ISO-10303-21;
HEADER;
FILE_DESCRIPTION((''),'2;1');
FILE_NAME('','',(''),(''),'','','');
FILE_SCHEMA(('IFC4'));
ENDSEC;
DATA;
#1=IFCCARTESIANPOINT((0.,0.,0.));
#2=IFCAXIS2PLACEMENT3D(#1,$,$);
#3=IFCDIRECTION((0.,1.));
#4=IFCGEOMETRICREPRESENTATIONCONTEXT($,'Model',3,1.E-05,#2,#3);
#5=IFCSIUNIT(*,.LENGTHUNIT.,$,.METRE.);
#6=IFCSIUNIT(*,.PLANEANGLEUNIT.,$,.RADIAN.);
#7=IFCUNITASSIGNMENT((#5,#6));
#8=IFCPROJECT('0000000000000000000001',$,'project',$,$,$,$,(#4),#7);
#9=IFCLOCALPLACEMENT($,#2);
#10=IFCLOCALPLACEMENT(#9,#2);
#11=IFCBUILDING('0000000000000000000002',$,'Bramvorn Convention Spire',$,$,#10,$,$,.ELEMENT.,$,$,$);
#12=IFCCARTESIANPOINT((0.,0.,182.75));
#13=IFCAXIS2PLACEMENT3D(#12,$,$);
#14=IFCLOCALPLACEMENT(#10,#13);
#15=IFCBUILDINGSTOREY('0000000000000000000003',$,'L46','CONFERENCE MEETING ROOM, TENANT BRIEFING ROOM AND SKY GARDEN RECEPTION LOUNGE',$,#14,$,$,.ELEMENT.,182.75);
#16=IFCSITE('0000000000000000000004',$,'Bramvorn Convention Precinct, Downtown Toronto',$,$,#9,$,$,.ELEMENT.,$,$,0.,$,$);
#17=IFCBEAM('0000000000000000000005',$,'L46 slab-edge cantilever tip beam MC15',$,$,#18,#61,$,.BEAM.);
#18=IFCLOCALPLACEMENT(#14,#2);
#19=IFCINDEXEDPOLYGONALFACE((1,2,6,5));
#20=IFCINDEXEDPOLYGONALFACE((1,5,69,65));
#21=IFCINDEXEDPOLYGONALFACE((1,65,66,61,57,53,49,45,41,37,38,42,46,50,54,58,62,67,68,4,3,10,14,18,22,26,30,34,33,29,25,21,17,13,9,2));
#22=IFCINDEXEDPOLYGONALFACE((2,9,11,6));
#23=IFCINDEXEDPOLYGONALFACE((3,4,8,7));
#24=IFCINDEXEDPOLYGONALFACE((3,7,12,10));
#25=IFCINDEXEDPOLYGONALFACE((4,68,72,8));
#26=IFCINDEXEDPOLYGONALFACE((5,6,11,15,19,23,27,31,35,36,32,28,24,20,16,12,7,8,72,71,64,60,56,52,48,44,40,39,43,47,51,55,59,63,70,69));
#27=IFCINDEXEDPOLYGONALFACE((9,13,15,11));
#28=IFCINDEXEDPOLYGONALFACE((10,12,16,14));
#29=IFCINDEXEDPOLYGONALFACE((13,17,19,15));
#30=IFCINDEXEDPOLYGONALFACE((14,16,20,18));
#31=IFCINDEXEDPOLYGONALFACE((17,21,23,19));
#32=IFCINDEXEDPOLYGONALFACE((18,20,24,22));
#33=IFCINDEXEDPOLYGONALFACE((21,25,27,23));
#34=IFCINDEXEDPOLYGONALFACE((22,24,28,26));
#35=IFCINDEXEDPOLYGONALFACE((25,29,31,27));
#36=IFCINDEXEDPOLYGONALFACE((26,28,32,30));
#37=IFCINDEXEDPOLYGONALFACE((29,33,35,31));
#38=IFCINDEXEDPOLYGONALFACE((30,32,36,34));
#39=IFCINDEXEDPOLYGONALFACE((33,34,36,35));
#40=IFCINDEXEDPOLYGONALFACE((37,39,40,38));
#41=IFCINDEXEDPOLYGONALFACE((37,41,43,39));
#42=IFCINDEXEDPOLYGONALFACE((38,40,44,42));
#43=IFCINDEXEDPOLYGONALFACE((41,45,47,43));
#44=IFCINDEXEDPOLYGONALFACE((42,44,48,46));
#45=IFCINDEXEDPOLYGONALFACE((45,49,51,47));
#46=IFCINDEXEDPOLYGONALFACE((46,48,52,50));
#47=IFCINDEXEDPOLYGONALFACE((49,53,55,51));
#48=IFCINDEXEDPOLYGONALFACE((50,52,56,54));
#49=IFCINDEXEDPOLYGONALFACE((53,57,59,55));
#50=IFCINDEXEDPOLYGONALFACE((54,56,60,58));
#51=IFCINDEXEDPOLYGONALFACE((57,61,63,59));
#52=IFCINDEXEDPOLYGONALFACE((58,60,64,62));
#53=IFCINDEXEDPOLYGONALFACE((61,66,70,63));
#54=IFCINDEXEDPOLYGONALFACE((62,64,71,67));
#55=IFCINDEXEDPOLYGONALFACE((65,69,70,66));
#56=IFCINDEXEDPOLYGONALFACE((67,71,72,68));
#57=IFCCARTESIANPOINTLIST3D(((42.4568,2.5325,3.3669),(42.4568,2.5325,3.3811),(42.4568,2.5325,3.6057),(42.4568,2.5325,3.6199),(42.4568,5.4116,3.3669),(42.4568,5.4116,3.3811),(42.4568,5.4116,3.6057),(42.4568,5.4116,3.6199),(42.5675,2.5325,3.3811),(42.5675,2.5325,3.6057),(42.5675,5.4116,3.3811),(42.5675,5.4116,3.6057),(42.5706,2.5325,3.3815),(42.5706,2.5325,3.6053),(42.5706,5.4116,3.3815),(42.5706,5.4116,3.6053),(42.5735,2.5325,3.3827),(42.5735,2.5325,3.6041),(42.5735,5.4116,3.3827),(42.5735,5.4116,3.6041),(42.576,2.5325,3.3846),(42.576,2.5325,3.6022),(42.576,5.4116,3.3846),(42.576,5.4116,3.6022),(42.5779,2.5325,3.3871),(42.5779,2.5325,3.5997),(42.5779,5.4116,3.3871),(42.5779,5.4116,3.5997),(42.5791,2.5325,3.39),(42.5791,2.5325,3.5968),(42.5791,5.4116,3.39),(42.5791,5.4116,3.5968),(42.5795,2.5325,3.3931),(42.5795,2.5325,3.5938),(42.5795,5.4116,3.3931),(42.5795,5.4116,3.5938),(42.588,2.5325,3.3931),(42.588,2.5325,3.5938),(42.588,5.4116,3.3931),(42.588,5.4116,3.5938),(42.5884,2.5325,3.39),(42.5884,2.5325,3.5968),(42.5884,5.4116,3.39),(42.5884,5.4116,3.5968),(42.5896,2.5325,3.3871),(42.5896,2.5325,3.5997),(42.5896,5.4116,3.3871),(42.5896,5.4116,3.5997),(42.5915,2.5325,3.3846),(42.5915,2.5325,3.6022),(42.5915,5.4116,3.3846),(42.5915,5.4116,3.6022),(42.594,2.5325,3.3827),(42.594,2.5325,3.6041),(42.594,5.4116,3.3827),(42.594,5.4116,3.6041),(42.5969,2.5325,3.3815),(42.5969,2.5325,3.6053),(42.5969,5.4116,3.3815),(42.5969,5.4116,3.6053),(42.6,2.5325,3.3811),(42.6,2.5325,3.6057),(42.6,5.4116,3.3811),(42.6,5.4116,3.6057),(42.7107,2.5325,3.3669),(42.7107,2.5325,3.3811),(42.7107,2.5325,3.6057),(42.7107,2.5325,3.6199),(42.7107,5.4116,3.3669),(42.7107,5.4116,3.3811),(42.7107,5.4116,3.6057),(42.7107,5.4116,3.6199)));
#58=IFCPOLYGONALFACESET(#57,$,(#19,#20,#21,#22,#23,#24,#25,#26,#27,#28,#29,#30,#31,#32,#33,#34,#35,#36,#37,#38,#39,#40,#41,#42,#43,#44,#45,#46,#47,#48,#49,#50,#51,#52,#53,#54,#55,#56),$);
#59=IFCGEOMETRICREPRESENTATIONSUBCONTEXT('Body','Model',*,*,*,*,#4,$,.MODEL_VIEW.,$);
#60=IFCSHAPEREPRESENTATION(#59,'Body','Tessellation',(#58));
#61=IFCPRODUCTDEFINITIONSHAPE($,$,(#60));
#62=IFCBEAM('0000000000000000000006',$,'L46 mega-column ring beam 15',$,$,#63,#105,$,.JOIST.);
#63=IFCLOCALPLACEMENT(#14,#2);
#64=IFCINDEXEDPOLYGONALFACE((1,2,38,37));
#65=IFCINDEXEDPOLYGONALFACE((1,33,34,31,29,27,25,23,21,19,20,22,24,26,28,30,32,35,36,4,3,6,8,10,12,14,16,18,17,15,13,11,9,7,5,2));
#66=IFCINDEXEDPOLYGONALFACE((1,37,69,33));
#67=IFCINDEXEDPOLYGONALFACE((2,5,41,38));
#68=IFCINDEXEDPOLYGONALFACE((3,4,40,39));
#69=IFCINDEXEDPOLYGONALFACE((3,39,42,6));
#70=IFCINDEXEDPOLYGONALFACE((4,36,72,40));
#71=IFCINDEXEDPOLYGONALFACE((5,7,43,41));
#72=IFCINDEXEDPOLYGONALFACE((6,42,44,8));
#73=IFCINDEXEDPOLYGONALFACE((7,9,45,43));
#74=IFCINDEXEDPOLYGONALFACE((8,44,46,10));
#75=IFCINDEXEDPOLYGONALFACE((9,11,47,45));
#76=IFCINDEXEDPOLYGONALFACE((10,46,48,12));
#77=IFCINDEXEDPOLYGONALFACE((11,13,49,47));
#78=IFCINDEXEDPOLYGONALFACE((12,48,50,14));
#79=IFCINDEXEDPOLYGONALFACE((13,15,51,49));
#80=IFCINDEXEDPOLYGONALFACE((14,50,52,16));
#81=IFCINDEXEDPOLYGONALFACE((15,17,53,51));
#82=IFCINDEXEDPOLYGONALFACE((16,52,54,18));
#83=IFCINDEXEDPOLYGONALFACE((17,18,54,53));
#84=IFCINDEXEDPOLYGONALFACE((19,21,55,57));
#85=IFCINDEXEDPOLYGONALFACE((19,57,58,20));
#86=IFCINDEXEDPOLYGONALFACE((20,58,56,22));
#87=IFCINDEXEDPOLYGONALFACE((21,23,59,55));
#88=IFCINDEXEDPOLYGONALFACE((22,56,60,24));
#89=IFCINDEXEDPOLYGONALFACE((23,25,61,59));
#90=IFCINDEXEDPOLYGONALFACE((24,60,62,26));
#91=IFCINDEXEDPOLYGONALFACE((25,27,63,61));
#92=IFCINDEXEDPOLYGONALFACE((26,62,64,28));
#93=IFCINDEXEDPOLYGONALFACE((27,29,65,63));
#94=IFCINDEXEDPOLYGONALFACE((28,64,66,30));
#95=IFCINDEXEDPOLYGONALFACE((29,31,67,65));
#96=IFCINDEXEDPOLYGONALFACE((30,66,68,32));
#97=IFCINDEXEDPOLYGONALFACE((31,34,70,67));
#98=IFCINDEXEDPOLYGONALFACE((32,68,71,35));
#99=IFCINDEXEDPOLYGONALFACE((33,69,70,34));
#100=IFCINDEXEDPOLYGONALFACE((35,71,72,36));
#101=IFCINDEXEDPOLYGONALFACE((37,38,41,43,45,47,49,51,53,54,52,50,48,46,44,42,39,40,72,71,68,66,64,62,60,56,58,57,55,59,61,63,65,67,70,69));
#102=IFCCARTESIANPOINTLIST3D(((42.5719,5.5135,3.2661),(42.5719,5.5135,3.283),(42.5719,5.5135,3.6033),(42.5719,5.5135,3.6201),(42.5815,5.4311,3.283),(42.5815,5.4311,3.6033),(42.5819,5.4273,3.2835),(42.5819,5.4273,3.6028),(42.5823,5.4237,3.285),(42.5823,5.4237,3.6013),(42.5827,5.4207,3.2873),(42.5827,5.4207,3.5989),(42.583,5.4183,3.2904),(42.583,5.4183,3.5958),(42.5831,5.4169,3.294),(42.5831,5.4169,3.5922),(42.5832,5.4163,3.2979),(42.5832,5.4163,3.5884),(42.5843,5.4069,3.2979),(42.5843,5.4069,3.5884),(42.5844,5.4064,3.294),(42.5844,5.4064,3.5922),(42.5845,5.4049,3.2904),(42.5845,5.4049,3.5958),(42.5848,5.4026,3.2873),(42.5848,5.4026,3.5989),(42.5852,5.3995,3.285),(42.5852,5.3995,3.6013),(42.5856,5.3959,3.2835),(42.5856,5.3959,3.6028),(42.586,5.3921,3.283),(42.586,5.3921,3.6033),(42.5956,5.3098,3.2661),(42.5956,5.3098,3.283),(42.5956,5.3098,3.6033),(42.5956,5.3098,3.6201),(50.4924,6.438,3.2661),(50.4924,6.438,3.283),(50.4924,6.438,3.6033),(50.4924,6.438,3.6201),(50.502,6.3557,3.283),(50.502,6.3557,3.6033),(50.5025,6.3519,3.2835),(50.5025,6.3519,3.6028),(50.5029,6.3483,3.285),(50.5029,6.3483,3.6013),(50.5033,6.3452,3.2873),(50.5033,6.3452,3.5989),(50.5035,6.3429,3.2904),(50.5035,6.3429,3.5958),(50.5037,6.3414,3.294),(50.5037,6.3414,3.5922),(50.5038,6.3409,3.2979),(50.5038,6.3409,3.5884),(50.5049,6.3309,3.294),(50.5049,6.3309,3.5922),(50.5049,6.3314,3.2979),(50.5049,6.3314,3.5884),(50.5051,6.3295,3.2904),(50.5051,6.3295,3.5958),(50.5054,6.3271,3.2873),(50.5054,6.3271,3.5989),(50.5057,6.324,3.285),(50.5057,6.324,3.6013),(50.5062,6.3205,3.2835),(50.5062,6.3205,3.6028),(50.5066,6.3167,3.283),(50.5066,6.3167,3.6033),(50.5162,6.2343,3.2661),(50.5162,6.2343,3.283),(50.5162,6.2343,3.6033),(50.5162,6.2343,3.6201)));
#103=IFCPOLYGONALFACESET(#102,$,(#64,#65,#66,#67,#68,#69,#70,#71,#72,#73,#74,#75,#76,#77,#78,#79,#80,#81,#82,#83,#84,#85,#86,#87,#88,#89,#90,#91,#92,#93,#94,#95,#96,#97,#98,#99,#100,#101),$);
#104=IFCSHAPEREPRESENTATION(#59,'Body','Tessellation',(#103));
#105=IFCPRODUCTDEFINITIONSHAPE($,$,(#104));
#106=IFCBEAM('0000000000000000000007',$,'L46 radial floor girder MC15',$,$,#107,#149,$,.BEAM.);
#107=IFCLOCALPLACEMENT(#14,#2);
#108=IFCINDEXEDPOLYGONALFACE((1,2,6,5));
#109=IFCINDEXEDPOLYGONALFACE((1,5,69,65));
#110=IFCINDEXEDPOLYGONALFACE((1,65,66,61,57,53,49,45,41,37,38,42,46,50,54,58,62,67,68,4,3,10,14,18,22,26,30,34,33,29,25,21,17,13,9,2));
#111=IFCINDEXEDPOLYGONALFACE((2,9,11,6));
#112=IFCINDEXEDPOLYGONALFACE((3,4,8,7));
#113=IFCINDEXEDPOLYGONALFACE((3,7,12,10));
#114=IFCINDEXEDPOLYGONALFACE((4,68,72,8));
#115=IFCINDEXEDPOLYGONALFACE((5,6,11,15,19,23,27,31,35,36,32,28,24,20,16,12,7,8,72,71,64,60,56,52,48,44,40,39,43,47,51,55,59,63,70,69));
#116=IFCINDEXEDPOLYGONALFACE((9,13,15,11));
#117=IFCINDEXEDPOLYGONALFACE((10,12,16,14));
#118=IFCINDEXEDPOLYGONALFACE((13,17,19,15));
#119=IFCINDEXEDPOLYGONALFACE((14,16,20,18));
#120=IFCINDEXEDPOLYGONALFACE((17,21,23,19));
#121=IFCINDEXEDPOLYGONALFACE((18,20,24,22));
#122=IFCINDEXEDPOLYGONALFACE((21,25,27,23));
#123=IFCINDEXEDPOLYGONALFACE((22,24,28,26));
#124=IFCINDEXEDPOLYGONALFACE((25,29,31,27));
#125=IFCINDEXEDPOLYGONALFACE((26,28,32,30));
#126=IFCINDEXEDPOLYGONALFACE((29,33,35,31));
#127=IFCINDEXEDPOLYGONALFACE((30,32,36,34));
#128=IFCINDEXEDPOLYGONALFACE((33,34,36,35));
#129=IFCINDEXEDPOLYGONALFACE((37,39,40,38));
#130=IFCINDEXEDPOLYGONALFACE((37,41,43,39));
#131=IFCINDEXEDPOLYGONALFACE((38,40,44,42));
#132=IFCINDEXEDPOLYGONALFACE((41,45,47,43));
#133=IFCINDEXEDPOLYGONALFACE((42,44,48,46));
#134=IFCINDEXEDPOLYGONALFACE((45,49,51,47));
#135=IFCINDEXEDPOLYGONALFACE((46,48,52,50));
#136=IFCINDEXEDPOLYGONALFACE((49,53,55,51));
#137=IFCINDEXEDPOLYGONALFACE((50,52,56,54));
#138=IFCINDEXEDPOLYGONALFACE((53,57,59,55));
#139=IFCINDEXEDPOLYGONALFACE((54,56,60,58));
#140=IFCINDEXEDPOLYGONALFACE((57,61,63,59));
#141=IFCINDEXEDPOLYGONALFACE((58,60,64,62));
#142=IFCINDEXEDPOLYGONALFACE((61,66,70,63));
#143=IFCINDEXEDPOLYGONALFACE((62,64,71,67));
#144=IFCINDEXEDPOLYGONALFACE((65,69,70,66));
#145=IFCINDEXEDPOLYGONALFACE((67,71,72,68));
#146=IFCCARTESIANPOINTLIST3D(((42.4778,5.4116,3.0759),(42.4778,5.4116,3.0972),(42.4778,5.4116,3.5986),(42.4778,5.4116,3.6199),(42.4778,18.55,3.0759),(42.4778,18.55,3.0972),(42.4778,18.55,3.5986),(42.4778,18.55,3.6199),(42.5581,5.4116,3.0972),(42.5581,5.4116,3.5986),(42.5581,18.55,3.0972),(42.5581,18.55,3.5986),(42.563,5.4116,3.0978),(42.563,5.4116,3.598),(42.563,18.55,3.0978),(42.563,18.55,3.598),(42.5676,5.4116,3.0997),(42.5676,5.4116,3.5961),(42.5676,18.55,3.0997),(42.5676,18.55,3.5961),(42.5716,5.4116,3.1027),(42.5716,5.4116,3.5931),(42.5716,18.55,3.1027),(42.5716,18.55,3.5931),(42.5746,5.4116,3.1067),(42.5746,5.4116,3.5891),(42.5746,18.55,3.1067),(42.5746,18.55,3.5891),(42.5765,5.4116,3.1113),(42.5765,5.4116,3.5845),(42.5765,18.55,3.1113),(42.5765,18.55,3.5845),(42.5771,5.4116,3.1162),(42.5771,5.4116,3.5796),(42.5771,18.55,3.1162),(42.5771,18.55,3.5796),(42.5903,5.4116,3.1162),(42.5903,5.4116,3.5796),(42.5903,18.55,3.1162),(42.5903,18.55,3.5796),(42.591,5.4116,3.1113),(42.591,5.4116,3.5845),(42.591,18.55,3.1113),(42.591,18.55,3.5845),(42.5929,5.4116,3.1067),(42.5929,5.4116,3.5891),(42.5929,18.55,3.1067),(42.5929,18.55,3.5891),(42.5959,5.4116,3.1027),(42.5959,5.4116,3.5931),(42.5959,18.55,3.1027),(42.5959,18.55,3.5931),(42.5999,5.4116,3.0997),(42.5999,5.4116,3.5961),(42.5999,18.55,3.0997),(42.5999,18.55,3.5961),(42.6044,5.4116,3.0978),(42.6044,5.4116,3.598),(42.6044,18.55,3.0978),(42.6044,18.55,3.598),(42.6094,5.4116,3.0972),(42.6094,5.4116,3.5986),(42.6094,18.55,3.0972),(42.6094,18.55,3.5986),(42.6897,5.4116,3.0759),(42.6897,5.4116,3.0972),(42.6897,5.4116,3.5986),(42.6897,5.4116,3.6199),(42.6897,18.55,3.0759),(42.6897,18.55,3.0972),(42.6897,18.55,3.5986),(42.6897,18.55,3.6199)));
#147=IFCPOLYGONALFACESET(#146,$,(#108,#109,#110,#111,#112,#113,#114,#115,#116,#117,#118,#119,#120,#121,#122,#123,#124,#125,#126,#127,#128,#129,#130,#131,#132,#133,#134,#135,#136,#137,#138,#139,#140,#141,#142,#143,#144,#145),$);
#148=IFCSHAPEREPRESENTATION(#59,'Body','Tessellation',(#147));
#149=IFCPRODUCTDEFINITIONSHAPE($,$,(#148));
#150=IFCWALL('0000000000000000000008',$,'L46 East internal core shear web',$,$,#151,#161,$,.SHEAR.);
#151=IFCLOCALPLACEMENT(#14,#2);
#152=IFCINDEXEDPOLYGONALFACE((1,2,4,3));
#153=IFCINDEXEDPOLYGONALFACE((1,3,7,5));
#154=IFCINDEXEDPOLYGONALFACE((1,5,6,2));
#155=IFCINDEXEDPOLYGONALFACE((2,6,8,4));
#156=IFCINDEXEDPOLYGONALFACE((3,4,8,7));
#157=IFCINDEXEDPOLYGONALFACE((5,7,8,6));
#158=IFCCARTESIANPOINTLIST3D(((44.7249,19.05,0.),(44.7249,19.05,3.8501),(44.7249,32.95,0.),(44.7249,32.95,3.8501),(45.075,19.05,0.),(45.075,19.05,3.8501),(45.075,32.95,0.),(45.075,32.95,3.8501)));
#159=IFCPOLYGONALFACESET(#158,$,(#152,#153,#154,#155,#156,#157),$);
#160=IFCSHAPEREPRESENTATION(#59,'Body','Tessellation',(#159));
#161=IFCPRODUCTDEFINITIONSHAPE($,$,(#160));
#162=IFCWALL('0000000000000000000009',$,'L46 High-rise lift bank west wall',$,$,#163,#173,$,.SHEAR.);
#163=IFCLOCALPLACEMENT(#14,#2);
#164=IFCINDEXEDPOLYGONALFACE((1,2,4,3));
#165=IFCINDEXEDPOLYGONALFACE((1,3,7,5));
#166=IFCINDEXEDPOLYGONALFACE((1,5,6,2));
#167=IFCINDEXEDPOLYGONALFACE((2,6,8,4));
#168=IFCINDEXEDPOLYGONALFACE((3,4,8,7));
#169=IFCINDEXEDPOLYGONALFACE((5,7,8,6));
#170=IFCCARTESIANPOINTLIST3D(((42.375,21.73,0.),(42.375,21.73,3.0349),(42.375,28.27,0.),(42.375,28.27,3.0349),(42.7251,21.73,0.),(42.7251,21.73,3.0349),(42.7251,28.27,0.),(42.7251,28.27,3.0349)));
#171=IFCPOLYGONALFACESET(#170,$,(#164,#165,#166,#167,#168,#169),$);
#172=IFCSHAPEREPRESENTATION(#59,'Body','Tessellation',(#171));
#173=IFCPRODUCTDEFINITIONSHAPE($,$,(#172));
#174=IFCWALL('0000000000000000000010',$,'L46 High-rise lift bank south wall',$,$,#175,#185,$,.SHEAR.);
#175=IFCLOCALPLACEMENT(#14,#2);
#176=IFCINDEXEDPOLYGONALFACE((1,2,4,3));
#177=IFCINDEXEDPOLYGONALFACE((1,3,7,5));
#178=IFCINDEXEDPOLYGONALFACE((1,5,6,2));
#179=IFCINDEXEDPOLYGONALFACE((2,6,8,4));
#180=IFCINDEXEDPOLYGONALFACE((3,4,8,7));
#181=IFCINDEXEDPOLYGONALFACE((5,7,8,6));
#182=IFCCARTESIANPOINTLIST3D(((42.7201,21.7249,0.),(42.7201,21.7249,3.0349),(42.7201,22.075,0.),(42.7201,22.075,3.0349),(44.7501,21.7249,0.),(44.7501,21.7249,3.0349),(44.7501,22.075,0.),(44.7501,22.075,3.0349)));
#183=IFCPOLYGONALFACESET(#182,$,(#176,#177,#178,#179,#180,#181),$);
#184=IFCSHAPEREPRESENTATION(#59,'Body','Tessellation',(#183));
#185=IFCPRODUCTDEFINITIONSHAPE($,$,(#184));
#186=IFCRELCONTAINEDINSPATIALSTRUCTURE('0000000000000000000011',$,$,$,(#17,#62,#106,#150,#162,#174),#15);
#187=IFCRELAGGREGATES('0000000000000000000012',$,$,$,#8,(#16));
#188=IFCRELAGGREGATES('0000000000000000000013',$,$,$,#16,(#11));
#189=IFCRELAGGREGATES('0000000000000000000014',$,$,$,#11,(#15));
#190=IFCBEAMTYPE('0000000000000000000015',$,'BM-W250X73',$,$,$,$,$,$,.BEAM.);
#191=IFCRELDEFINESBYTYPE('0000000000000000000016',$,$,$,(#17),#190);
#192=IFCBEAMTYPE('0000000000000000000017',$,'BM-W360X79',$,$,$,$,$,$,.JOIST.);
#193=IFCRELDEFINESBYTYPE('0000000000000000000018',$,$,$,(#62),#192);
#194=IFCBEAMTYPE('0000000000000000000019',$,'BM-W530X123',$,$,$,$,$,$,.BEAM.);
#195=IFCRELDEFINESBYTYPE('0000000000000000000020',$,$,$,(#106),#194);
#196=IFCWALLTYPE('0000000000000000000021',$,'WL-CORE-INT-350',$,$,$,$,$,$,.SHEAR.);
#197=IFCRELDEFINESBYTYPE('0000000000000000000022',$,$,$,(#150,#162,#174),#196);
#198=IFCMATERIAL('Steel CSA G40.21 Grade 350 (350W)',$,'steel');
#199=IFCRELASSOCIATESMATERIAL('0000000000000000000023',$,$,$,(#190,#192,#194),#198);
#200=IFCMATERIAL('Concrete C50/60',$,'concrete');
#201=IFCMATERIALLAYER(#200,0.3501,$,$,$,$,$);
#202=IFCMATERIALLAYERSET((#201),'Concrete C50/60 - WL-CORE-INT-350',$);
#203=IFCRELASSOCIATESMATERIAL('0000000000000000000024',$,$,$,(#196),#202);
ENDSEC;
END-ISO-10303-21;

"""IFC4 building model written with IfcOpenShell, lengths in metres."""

from ifc_helpers import new_model, si_unit, direction, frame, frame_2d, origin, origin_2d, place, context, subcontext, project, spatial, rectangle, i_section, extrude, material, layer, layer_set, material_profile, profile_set, type_object, element, save


model = new_model("IFC4")

# Units and contexts
model_context = context("Model", 3, precision=1e-05, world=origin(), true_north=direction((0.0, 1.0)))
body_context = subcontext(model_context, "Body", "Model", "MODEL_VIEW")
ifc_project = project(units=[si_unit("LENGTHUNIT", "METRE"), si_unit("PLANEANGLEUNIT", "RADIAN")], contexts=[model_context])

# Site, building, storey
site_placement = place(None, origin())
site = spatial("IfcSite", under=ifc_project, at=site_placement, Name="Bramvorn Convention Precinct, Downtown Toronto", CompositionType="ELEMENT", RefElevation=0.0)
building_placement = place(site_placement, origin())
building = spatial("IfcBuilding", under=site, at=building_placement, Name="Bramvorn Convention Spire", CompositionType="ELEMENT")
storey_placement = place(building_placement, frame((0.0, 0.0, 182.75)))
storey = spatial("IfcBuildingStorey", under=building, at=storey_placement, Name="L46", Description="CONFERENCE MEETING ROOM, TENANT BRIEFING ROOM AND SKY GARDEN RECEPTION LOUNGE", CompositionType="ELEMENT", Elevation=182.75)

# Beams
ifc_material_1 = material(Name="Steel CSA G40.21 Grade 350 (350W)", Category="steel")
ifc_material_profile_1 = material_profile(ifc_material_1, i_section(OverallWidth=0.2539, OverallDepth=0.2529, WebThickness=0.0085, FlangeThickness=0.0142, FilletRadius=0.012, at=origin_2d()))
ifc_profile_set_1 = profile_set([ifc_material_profile_1], Name="Steel CSA G40.21 Grade 350 (350W) - W250X73")
beam_type_1 = type_object("IfcBeamType", Name="BM-W250X73", PredefinedType="BEAM", material=ifc_profile_set_1)
beam_1_placement = place(storey_placement, frame((42.5837, 5.4116, 3.4934), z_axis=(0.0, -1.0, 0.0), x_axis=(1.0, 0.0, 0.0)))
element("IfcBeam", 1, at=beam_1_placement, inside=storey, type_object=beam_type_1, Name="L46 slab-edge cantilever tip beam MC15", PredefinedType="BEAM", context=body_context, shape_type="SweptSolid", body=[
    extrude(i_section(OverallWidth=0.2539, OverallDepth=0.2529, WebThickness=0.0085, FlangeThickness=0.0142, FilletRadius=0.012, at=origin_2d()), origin(), (0.0, 0.0, 1.0), 2.8792),
])
ifc_material_profile_2 = material_profile(ifc_material_1, i_section(OverallWidth=0.2051, OverallDepth=0.354, WebThickness=0.0095, FlangeThickness=0.0168, FilletRadius=0.0149, at=origin_2d()))
ifc_profile_set_2 = profile_set([ifc_material_profile_2], Name="Steel CSA G40.21 Grade 350 (350W) - W360X79")
beam_type_2 = type_object("IfcBeamType", Name="BM-W360X79", PredefinedType="JOIST", material=ifc_profile_set_2)
beam_2_placement = place(storey_placement, frame((42.5837, 5.4116, 3.4431), z_axis=(0.993256, 0.115941, 0.0), x_axis=(-0.115941, 0.993256, 0.0)))
element("IfcBeam", 2, at=beam_2_placement, inside=storey, type_object=beam_type_2, Name="L46 mega-column ring beam 15", PredefinedType="JOIST", context=body_context, shape_type="SweptSolid", body=[
    extrude(i_section(OverallWidth=0.2051, OverallDepth=0.354, WebThickness=0.0095, FlangeThickness=0.0168, FilletRadius=0.0149, at=origin_2d()), origin(), (0.0, 0.0, 1.0), 7.9744),
])
ifc_material_profile_3 = material_profile(ifc_material_1, i_section(OverallWidth=0.2119, OverallDepth=0.5439, WebThickness=0.0132, FlangeThickness=0.0212, FilletRadius=0.019, at=origin_2d()))
ifc_profile_set_3 = profile_set([ifc_material_profile_3], Name="Steel CSA G40.21 Grade 350 (350W) - W530X123")
beam_type_3 = type_object("IfcBeamType", Name="BM-W530X123", PredefinedType="BEAM", material=ifc_profile_set_3)
beam_3_placement = place(storey_placement, frame((42.5837, 18.55, 3.3479), z_axis=(0.0, -1.0, 0.0), x_axis=(1.0, 0.0, 0.0)))
element("IfcBeam", 3, at=beam_3_placement, inside=storey, type_object=beam_type_3, Name="L46 radial floor girder MC15", PredefinedType="BEAM", context=body_context, shape_type="SweptSolid", body=[
    extrude(i_section(OverallWidth=0.2119, OverallDepth=0.5439, WebThickness=0.0132, FlangeThickness=0.0212, FilletRadius=0.019, at=origin_2d()), origin(), (0.0, 0.0, 1.0), 13.1384),
])

# Walls
ifc_material_2 = material(Name="Concrete C50/60", Category="concrete")
ifc_layer_1 = layer(ifc_material_2, 0.3501)
ifc_layer_set_1 = layer_set([ifc_layer_1], Name="Concrete C50/60 - WL-CORE-INT-350")
wall_type_1 = type_object("IfcWallType", Name="WL-CORE-INT-350", PredefinedType="SHEAR", material=ifc_layer_set_1)
wall_1_placement = place(storey_placement, frame((44.8999, 19.05, 0.0), z_axis=(0.0, 0.0, 1.0), x_axis=(0.0, 1.0, 0.0)))
element("IfcWall", 4, at=wall_1_placement, inside=storey, type_object=wall_type_1, Name="L46 East internal core shear web", PredefinedType="SHEAR", context=body_context, shape_type="SweptSolid", body=[
    extrude(rectangle(XDim=13.8999, YDim=0.3501, at=frame_2d((6.95, 0.0))), origin(), (0.0, 0.0, 1.0), 3.8501),
])
wall_2_placement = place(storey_placement, frame((42.55, 21.73, 0.0), z_axis=(0.0, 0.0, 1.0), x_axis=(0.0, 1.0, 0.0)))
element("IfcWall", 5, at=wall_2_placement, inside=storey, type_object=wall_type_1, Name="L46 High-rise lift bank west wall", PredefinedType="SHEAR", context=body_context, shape_type="SweptSolid", body=[
    extrude(rectangle(XDim=6.54, YDim=0.3501, at=frame_2d((3.27, 0.0))), origin(), (0.0, 0.0, 1.0), 3.0349),
])
wall_3_placement = place(storey_placement, frame((42.72, 21.8999, 0.0), z_axis=(0.0, 0.0, 1.0), x_axis=(1.0, 0.0, 0.0)))
element("IfcWall", 6, at=wall_3_placement, inside=storey, type_object=wall_type_1, Name="L46 High-rise lift bank south wall", PredefinedType="SHEAR", context=body_context, shape_type="SweptSolid", body=[
    extrude(rectangle(XDim=2.03, YDim=0.3501, at=frame_2d((1.0151, 0.0))), origin(), (0.0, 0.0, 1.0), 3.0349),
])

save(model, "model.ifc")
